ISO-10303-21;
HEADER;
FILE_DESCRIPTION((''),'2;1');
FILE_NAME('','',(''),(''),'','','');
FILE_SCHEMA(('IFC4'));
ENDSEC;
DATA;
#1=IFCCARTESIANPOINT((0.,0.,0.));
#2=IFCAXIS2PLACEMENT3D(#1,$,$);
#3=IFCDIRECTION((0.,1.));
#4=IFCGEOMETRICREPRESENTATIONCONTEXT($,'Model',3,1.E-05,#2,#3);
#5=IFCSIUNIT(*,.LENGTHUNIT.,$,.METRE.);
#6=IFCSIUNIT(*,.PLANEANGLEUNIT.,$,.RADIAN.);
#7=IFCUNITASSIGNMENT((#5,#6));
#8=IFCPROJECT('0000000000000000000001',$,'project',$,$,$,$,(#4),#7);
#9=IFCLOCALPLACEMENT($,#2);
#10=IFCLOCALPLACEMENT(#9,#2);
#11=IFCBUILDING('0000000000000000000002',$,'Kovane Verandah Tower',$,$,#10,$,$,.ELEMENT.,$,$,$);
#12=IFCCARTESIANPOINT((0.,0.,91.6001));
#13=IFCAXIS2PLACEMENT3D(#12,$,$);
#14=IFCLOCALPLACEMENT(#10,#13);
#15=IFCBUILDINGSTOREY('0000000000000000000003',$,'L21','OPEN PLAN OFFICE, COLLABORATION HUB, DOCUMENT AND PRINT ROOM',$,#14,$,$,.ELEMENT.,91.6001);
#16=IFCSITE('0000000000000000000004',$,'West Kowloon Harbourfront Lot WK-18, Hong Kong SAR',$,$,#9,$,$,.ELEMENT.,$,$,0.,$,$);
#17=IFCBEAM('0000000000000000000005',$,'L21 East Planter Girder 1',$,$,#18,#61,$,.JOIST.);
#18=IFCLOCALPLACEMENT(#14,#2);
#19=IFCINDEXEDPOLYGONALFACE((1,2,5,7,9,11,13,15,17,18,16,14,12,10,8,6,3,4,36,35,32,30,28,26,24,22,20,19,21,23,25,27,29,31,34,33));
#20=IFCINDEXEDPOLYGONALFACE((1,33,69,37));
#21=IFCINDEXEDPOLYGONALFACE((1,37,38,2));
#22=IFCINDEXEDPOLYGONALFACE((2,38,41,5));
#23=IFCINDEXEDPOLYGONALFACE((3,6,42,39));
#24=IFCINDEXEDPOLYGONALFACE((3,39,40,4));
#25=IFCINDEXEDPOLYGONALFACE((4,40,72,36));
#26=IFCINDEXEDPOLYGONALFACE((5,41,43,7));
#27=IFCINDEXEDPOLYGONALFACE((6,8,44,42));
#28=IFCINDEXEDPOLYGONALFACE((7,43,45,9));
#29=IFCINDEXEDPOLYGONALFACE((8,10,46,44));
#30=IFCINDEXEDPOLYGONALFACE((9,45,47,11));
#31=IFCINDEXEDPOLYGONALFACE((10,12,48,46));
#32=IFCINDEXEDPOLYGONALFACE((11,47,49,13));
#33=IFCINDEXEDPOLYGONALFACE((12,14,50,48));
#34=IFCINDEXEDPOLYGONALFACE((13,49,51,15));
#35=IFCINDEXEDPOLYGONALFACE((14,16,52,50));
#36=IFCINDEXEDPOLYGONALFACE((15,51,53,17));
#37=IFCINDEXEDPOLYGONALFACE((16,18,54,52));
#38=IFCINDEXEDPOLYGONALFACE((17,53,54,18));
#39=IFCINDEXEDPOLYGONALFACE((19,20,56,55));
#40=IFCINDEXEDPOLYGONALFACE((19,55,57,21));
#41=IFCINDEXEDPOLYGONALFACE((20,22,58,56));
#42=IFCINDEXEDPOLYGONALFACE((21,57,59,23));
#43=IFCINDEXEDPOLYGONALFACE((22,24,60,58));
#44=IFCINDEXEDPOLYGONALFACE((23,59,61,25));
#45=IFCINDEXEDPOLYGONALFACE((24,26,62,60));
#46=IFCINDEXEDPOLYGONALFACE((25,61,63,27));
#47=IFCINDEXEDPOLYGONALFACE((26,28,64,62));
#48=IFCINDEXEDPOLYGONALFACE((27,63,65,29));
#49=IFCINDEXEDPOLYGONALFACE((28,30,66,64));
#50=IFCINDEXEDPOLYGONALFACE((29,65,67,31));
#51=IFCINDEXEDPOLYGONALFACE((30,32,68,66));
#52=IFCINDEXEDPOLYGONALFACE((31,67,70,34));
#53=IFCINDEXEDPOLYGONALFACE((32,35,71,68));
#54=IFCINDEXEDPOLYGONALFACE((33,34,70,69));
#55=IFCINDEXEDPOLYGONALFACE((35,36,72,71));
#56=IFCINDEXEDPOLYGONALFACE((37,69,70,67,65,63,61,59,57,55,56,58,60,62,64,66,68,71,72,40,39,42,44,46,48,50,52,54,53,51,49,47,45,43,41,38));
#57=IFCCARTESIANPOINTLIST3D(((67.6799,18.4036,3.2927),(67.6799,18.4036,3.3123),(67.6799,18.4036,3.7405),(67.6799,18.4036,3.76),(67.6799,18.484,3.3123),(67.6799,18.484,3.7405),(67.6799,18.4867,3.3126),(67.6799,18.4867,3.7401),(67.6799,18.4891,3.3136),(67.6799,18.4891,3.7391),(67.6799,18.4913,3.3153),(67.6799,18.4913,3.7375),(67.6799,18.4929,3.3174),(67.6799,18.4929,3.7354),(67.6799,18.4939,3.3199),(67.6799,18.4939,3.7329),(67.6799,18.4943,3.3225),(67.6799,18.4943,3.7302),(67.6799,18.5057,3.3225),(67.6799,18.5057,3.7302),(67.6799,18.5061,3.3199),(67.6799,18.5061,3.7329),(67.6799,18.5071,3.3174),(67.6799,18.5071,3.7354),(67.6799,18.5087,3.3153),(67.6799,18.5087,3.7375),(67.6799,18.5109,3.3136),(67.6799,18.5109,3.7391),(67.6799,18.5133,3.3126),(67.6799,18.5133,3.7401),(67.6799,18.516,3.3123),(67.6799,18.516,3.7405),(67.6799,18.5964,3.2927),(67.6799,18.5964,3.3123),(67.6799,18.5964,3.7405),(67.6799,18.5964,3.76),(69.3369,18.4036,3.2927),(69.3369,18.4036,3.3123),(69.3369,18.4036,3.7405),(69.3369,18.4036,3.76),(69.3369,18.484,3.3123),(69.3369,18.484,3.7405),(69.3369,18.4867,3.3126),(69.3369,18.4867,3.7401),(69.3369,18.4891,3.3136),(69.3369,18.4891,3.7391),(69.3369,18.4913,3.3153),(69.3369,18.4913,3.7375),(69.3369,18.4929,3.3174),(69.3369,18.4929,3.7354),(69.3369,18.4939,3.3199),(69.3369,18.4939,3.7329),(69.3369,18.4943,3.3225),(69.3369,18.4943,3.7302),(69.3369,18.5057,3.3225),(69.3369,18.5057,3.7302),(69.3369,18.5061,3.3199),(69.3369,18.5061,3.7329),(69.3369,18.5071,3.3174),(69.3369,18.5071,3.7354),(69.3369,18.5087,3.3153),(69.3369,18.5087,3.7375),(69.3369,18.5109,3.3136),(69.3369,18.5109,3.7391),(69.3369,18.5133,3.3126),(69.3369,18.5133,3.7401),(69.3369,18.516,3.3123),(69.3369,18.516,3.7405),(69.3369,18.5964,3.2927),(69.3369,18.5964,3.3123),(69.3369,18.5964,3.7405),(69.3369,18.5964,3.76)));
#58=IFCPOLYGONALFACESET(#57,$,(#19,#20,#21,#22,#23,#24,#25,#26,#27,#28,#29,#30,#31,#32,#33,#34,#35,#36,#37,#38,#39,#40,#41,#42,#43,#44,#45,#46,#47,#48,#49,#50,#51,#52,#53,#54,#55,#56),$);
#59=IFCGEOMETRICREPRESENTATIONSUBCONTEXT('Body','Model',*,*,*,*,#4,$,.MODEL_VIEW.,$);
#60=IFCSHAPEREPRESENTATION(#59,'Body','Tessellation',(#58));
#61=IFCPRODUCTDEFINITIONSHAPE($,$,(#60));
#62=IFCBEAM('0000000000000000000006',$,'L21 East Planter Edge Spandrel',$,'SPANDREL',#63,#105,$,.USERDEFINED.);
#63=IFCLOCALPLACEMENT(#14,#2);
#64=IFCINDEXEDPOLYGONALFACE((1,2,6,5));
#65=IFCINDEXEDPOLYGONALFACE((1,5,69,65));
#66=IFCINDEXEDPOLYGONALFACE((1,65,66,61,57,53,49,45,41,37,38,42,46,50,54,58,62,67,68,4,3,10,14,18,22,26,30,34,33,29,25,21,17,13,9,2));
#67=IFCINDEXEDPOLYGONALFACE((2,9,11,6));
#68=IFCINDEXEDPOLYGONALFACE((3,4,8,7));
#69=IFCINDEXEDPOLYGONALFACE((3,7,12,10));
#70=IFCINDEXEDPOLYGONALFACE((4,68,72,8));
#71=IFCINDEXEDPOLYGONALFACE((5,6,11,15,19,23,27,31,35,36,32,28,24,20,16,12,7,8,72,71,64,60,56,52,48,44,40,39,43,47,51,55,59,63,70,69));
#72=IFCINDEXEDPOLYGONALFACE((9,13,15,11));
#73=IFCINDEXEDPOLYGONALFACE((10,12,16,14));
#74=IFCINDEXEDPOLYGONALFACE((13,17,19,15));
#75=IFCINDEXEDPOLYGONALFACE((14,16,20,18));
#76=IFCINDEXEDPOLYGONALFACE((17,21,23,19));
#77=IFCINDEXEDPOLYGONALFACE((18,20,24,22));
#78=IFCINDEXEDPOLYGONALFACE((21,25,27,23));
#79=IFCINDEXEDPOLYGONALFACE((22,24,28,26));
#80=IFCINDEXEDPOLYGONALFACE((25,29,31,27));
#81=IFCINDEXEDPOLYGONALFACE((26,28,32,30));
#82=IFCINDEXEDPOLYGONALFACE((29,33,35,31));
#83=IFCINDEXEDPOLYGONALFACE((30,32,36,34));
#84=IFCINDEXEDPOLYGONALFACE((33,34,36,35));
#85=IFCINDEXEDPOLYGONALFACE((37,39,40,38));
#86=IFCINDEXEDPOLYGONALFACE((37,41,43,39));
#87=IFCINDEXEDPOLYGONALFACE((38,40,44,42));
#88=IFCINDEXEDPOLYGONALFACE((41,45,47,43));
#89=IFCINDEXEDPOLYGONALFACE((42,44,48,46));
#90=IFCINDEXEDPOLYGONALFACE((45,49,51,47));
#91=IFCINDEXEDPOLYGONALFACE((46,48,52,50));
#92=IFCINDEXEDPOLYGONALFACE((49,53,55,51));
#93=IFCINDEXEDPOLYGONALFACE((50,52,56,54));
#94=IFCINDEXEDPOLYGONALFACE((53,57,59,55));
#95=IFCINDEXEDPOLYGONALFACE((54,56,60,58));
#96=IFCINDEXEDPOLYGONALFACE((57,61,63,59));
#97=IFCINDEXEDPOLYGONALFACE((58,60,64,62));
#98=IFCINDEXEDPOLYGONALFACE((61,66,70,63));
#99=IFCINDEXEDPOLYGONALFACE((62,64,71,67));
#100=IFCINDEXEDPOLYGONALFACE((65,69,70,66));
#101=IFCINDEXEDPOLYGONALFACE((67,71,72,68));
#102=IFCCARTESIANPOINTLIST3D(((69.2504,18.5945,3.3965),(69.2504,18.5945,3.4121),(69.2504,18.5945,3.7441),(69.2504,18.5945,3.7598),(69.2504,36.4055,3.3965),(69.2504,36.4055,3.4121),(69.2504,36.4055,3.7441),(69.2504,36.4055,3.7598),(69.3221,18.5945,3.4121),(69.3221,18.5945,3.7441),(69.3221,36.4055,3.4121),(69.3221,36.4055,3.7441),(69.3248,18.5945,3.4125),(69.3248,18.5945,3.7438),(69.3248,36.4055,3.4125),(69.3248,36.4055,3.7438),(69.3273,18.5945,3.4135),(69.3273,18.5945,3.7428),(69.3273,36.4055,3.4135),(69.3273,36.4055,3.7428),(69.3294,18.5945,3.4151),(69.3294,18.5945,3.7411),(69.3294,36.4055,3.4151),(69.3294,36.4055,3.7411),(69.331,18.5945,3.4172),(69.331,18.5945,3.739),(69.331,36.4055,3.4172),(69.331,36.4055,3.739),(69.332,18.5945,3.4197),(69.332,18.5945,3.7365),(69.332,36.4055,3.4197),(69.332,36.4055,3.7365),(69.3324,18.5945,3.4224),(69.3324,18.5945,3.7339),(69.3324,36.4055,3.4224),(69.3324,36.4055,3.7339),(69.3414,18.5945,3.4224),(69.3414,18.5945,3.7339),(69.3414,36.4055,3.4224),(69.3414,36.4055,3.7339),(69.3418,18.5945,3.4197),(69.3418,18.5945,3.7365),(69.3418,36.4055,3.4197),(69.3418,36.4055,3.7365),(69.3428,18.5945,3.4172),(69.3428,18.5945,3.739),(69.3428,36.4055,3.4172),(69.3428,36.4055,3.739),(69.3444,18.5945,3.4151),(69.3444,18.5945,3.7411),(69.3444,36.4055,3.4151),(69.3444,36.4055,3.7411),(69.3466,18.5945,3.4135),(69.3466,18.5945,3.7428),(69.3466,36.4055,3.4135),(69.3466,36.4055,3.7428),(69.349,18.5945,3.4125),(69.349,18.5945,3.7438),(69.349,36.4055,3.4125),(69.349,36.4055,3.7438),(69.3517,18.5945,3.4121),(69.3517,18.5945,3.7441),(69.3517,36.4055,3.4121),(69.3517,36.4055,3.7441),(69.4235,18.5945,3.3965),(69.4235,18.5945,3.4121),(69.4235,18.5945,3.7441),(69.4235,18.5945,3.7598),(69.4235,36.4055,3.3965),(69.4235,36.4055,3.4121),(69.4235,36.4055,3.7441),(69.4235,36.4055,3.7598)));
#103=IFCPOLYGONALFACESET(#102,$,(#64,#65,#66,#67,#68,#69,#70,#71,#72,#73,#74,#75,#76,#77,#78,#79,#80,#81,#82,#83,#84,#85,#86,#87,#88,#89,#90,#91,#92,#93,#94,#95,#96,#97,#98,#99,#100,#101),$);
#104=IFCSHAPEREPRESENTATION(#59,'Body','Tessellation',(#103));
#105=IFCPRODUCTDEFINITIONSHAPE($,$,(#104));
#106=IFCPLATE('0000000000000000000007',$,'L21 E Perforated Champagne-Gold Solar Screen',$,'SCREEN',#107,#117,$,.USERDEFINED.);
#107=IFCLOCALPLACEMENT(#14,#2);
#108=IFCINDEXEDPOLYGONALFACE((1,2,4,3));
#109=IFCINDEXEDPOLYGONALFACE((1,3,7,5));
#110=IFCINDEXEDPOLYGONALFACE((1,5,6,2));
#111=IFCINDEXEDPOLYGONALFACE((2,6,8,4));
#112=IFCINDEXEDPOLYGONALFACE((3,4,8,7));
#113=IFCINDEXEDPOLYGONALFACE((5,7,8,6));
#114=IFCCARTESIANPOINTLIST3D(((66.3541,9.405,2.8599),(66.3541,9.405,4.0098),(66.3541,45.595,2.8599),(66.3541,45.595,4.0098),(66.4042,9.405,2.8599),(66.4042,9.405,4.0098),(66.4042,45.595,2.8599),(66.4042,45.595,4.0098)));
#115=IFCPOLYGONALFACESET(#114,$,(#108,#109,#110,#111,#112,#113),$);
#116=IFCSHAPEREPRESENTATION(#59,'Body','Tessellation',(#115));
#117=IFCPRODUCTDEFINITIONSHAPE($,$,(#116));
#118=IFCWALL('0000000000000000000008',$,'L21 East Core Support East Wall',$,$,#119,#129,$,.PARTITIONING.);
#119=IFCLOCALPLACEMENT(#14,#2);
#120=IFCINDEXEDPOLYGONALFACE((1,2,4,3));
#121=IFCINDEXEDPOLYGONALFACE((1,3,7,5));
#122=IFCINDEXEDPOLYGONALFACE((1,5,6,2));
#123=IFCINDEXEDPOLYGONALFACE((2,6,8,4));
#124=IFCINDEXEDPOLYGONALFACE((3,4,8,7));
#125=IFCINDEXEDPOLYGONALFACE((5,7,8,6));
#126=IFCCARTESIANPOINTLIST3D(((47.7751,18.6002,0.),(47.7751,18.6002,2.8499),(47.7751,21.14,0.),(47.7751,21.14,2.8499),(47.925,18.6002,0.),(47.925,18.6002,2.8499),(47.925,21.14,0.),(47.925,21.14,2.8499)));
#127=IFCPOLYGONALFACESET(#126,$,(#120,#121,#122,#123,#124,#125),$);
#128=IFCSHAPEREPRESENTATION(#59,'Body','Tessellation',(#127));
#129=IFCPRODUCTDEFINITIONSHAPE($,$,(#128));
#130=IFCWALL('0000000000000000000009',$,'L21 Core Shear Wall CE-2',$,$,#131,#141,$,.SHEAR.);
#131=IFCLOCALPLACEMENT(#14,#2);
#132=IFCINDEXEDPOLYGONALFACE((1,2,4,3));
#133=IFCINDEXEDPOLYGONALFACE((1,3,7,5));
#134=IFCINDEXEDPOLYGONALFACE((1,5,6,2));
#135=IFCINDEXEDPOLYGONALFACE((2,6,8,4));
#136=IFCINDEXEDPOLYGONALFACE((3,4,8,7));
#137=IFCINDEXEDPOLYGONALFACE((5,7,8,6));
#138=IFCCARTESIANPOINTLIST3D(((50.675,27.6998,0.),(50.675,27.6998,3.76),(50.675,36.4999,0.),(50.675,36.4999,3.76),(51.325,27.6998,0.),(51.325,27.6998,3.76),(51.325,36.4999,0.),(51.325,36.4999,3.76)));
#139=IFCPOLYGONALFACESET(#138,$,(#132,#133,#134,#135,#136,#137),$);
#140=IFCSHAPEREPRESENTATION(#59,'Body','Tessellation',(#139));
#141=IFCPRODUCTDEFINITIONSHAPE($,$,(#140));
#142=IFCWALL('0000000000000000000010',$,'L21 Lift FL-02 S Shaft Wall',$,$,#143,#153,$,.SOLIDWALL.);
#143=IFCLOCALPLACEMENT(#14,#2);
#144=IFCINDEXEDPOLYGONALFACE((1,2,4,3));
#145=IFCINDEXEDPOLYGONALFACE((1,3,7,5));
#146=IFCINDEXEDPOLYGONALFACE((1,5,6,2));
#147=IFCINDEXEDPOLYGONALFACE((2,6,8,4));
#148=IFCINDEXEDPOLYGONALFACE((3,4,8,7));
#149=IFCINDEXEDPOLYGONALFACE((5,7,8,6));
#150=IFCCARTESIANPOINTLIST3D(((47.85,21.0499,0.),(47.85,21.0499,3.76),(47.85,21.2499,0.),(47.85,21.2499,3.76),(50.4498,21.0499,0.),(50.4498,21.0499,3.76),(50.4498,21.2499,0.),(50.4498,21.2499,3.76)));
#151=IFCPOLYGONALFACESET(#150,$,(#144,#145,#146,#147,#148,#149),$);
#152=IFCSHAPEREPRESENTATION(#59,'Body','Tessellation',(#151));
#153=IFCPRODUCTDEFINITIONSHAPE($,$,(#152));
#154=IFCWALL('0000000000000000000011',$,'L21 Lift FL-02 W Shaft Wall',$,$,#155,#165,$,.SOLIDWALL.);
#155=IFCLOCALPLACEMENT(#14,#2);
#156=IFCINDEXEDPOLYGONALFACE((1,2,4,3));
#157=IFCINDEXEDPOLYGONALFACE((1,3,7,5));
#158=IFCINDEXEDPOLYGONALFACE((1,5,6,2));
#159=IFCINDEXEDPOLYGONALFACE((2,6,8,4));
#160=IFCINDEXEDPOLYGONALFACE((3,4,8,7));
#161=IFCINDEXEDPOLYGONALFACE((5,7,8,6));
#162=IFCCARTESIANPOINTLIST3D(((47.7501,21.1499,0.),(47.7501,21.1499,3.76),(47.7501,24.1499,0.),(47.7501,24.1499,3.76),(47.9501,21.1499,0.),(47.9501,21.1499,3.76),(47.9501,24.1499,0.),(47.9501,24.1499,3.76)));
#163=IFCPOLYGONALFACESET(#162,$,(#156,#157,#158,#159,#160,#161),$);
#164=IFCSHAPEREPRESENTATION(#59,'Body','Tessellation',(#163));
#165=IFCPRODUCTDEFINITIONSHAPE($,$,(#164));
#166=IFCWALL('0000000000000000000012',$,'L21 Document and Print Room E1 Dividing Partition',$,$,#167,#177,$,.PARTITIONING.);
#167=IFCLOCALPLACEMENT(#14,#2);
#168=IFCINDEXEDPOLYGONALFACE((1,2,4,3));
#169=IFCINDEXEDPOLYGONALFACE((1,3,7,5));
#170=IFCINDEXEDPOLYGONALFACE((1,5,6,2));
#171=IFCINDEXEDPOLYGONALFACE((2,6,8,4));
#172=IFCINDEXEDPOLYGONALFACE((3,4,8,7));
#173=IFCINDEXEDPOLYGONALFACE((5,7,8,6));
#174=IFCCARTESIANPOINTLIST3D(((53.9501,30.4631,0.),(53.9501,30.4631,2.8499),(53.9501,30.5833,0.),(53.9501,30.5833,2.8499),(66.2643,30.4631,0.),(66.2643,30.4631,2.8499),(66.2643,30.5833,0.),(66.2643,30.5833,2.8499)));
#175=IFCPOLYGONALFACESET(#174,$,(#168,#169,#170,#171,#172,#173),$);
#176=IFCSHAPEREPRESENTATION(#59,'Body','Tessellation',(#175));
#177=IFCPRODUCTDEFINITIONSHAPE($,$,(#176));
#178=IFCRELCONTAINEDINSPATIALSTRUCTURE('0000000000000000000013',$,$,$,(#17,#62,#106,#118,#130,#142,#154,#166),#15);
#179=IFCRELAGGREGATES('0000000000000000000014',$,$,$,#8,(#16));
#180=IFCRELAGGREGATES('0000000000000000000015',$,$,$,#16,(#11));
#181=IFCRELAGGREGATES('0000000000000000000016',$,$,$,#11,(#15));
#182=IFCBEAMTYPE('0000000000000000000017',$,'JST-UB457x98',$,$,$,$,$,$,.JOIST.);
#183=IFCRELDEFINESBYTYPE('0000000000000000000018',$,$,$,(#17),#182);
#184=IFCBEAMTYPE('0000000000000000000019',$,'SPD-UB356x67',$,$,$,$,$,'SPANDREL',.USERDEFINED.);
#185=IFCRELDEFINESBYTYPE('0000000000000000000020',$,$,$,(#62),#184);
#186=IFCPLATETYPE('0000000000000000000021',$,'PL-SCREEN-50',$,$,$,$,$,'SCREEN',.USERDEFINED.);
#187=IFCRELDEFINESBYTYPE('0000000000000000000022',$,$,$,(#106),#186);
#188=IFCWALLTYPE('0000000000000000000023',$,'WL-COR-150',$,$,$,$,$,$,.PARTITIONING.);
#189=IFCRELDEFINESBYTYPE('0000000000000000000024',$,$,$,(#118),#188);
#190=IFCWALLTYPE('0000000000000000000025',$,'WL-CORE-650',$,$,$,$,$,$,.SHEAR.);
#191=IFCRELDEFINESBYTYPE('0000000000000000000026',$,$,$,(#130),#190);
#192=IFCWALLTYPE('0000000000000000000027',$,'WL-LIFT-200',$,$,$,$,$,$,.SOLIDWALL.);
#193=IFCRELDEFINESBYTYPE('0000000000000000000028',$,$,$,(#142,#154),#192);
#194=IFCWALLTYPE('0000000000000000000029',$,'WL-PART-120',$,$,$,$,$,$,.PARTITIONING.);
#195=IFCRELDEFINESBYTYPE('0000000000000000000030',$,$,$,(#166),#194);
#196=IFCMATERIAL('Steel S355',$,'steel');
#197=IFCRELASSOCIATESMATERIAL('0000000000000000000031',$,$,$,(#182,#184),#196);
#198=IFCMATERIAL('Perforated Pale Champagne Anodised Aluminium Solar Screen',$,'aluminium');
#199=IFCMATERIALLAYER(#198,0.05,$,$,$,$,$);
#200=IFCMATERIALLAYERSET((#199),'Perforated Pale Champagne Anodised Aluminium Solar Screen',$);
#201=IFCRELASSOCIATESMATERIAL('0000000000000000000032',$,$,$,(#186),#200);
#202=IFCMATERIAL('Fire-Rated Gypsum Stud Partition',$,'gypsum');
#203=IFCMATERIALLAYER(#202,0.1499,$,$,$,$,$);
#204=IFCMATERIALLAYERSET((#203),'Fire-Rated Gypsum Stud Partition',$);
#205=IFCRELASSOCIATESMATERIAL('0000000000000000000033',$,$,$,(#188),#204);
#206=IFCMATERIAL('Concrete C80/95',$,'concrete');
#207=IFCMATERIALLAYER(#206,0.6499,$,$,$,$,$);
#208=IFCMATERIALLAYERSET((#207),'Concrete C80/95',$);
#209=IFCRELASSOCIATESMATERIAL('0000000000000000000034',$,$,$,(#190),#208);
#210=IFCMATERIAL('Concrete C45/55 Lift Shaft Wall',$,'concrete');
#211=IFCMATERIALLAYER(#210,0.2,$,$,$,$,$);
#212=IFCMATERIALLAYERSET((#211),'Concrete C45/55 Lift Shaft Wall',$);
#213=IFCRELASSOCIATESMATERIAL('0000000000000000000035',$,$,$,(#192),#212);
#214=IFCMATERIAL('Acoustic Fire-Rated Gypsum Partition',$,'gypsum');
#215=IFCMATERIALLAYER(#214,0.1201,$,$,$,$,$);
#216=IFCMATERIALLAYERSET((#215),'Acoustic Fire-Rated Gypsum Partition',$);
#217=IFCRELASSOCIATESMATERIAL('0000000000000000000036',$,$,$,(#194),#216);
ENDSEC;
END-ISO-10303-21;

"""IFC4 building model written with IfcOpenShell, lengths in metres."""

from ifc_helpers import new_model, si_unit, direction, frame, frame_2d, origin, origin_2d, place, context, subcontext, project, spatial, rectangle, i_section, extrude, material, layer, layer_set, material_profile, profile_set, type_object, element, save


model = new_model("IFC4")

# Units and contexts
model_context = context("Model", 3, precision=1e-05, world=origin(), true_north=direction((0.0, 1.0)))
body_context = subcontext(model_context, "Body", "Model", "MODEL_VIEW")
ifc_project = project(units=[si_unit("LENGTHUNIT", "METRE"), si_unit("PLANEANGLEUNIT", "RADIAN")], contexts=[model_context])

# Site, building, storey
site_placement = place(None, origin())
site = spatial("IfcSite", under=ifc_project, at=site_placement, Name="West Kowloon Harbourfront Lot WK-18, Hong Kong SAR", CompositionType="ELEMENT", RefElevation=0.0)
building_placement = place(site_placement, origin())
building = spatial("IfcBuilding", under=site, at=building_placement, Name="Kovane Verandah Tower", CompositionType="ELEMENT")
storey_placement = place(building_placement, frame((0.0, 0.0, 91.6001)))
storey = spatial("IfcBuildingStorey", under=building, at=storey_placement, Name="L21", Description="OPEN PLAN OFFICE, COLLABORATION HUB, DOCUMENT AND PRINT ROOM", CompositionType="ELEMENT", Elevation=91.6001)

# Beams
ifc_material_1 = material(Name="Concrete C80/95", Category="concrete")
ifc_material_2 = material(Name="Steel S355", Category="steel")
ifc_material_profile_1 = material_profile(ifc_material_2, i_section(OverallWidth=0.1929, OverallDepth=0.4673, WebThickness=0.0115, FlangeThickness=0.0195, FilletRadius=0.0103, at=origin_2d()), Name="UB457x191x98")
ifc_profile_set_1 = profile_set([ifc_material_profile_1], Name="Steel S355")
beam_type_1 = type_object("IfcBeamType", Name="JST-UB457x98", PredefinedType="JOIST", material=ifc_profile_set_1)
beam_1_placement = place(storey_placement, frame((67.6799, 18.5, 3.5264), z_axis=(1.0, 0.0, 0.0), x_axis=(0.0, 1.0, 0.0)))
element("IfcBeam", 1, at=beam_1_placement, inside=storey, type_object=beam_type_1, Name="L21 East Planter Girder 1", PredefinedType="JOIST", context=body_context, shape_type="SweptSolid", body=[
    extrude(i_section(OverallWidth=0.1929, OverallDepth=0.4673, WebThickness=0.0115, FlangeThickness=0.0195, FilletRadius=0.0103, at=origin_2d()), origin(), (0.0, 0.0, 1.0), 1.657),
])
ifc_material_profile_2 = material_profile(ifc_material_2, i_section(OverallWidth=0.1731, OverallDepth=0.3633, WebThickness=0.009, FlangeThickness=0.0156, FilletRadius=0.0103, at=origin_2d()), Name="UB356x171x67")
ifc_profile_set_2 = profile_set([ifc_material_profile_2], Name="Steel S355")
beam_type_2 = type_object("IfcBeamType", Name="SPD-UB356x67", ElementType="SPANDREL", PredefinedType="USERDEFINED", material=ifc_profile_set_2)
beam_2_placement = place(storey_placement, frame((69.3369, 18.5945, 3.5781), z_axis=(0.0, 1.0, 0.0), x_axis=(-1.0, 0.0, 0.0)))
element("IfcBeam", 2, at=beam_2_placement, inside=storey, type_object=beam_type_2, Name="L21 East Planter Edge Spandrel", ObjectType="SPANDREL", PredefinedType="USERDEFINED", context=body_context, shape_type="SweptSolid", body=[
    extrude(i_section(OverallWidth=0.1731, OverallDepth=0.3633, WebThickness=0.009, FlangeThickness=0.0156, FilletRadius=0.0103, at=origin_2d()), origin(), (0.0, 0.0, 1.0), 17.811),
])

# Plate
ifc_material_3 = material(Name="Perforated Pale Champagne Anodised Aluminium Solar Screen", Category="aluminium")
ifc_layer_1 = layer(ifc_material_3, 0.05)
ifc_layer_set_1 = layer_set([ifc_layer_1], Name="Perforated Pale Champagne Anodised Aluminium Solar Screen")
plate_type = type_object("IfcPlateType", Name="PL-SCREEN-50", ElementType="SCREEN", PredefinedType="USERDEFINED", material=ifc_layer_set_1)
plate_placement = place(storey_placement, frame((66.3792, 27.5, 2.8599), z_axis=(0.0, 0.0, 1.0), x_axis=(0.0, 1.0, 0.0)))
element("IfcPlate", 3, at=plate_placement, inside=storey, type_object=plate_type, Name="L21 E Perforated Champagne-Gold Solar Screen", ObjectType="SCREEN", PredefinedType="USERDEFINED", context=body_context, shape_type="SweptSolid", body=[
    extrude(rectangle(XDim=36.1899, YDim=0.05, at=origin_2d()), origin(), (0.0, 0.0, 1.0), 1.1499),
])

# Walls
ifc_material_4 = material(Name="Fire-Rated Gypsum Stud Partition", Category="gypsum")
ifc_layer_2 = layer(ifc_material_4, 0.1499)
ifc_layer_set_2 = layer_set([ifc_layer_2], Name="Fire-Rated Gypsum Stud Partition")
wall_type_1 = type_object("IfcWallType", Name="WL-COR-150", PredefinedType="PARTITIONING", material=ifc_layer_set_2)
wall_1_placement = place(storey_placement, frame((47.8501, 18.6001, 0.0), z_axis=(0.0, 0.0, 1.0), x_axis=(0.0, 1.0, 0.0)))
element("IfcWall", 4, at=wall_1_placement, inside=storey, type_object=wall_type_1, Name="L21 East Core Support East Wall", PredefinedType="PARTITIONING", context=body_context, shape_type="SweptSolid", body=[
    extrude(rectangle(XDim=2.5398, YDim=0.1499, at=frame_2d((1.27, 0.0))), origin(), (0.0, 0.0, 1.0), 2.8499),
])
ifc_layer_3 = layer(ifc_material_1, 0.6499)
ifc_layer_set_3 = layer_set([ifc_layer_3], Name="Concrete C80/95")
wall_type_2 = type_object("IfcWallType", Name="WL-CORE-650", PredefinedType="SHEAR", material=ifc_layer_set_3)
wall_2_placement = place(storey_placement, frame((51.0, 27.7, 0.0), z_axis=(0.0, 0.0, 1.0), x_axis=(0.0, 1.0, 0.0)))
element("IfcWall", 5, at=wall_2_placement, inside=storey, type_object=wall_type_2, Name="L21 Core Shear Wall CE-2", PredefinedType="SHEAR", context=body_context, shape_type="SweptSolid", body=[
    extrude(rectangle(XDim=8.8, YDim=0.6499, at=frame_2d((4.3999, 0.0))), origin(), (0.0, 0.0, 1.0), 3.76),
])

# Wall
ifc_material_5 = material(Name="Concrete C45/55 Lift Shaft Wall", Category="concrete")
ifc_layer_4 = layer(ifc_material_5, 0.2)
ifc_layer_set_4 = layer_set([ifc_layer_4], Name="Concrete C45/55 Lift Shaft Wall")
wall_type_3 = type_object("IfcWallType", Name="WL-LIFT-200", PredefinedType="SOLIDWALL", material=ifc_layer_set_4)
wall_3_placement = place(storey_placement, frame((47.8501, 21.1499, 0.0), z_axis=(0.0, 0.0, 1.0), x_axis=(1.0, 0.0, 0.0)))
element("IfcWall", 6, at=wall_3_placement, inside=storey, type_object=wall_type_3, Name="L21 Lift FL-02 S Shaft Wall", PredefinedType="SOLIDWALL", context=body_context, shape_type="SweptSolid", body=[
    extrude(rectangle(XDim=2.5999, YDim=0.2, at=frame_2d((1.2998, 0.0))), origin(), (0.0, 0.0, 1.0), 3.76),
])

# Walls
wall_4_placement = place(storey_placement, frame((47.8501, 24.1499, 0.0), z_axis=(0.0, 0.0, 1.0), x_axis=(0.0, -1.0, 0.0)))
element("IfcWall", 7, at=wall_4_placement, inside=storey, type_object=wall_type_3, Name="L21 Lift FL-02 W Shaft Wall", PredefinedType="SOLIDWALL", context=body_context, shape_type="SweptSolid", body=[
    extrude(rectangle(XDim=3.0, YDim=0.2, at=frame_2d((1.5, 0.0))), origin(), (0.0, 0.0, 1.0), 3.76),
])
ifc_material_6 = material(Name="Acoustic Fire-Rated Gypsum Partition", Category="gypsum")
ifc_layer_5 = layer(ifc_material_6, 0.1201)
ifc_layer_set_5 = layer_set([ifc_layer_5], Name="Acoustic Fire-Rated Gypsum Partition")
wall_type_4 = type_object("IfcWallType", Name="WL-PART-120", PredefinedType="PARTITIONING", material=ifc_layer_set_5)
wall_5_placement = place(storey_placement, frame((53.95, 30.5232, 0.0), z_axis=(0.0, 0.0, 1.0), x_axis=(1.0, 0.0, 0.0)))
element("IfcWall", 8, at=wall_5_placement, inside=storey, type_object=wall_type_4, Name="L21 Document and Print Room E1 Dividing Partition", PredefinedType="PARTITIONING", context=body_context, shape_type="SweptSolid", body=[
    extrude(rectangle(XDim=12.3142, YDim=0.1201, at=frame_2d((6.1572, 0.0))), origin(), (0.0, 0.0, 1.0), 2.8499),
])

save(model, "model.ifc")
